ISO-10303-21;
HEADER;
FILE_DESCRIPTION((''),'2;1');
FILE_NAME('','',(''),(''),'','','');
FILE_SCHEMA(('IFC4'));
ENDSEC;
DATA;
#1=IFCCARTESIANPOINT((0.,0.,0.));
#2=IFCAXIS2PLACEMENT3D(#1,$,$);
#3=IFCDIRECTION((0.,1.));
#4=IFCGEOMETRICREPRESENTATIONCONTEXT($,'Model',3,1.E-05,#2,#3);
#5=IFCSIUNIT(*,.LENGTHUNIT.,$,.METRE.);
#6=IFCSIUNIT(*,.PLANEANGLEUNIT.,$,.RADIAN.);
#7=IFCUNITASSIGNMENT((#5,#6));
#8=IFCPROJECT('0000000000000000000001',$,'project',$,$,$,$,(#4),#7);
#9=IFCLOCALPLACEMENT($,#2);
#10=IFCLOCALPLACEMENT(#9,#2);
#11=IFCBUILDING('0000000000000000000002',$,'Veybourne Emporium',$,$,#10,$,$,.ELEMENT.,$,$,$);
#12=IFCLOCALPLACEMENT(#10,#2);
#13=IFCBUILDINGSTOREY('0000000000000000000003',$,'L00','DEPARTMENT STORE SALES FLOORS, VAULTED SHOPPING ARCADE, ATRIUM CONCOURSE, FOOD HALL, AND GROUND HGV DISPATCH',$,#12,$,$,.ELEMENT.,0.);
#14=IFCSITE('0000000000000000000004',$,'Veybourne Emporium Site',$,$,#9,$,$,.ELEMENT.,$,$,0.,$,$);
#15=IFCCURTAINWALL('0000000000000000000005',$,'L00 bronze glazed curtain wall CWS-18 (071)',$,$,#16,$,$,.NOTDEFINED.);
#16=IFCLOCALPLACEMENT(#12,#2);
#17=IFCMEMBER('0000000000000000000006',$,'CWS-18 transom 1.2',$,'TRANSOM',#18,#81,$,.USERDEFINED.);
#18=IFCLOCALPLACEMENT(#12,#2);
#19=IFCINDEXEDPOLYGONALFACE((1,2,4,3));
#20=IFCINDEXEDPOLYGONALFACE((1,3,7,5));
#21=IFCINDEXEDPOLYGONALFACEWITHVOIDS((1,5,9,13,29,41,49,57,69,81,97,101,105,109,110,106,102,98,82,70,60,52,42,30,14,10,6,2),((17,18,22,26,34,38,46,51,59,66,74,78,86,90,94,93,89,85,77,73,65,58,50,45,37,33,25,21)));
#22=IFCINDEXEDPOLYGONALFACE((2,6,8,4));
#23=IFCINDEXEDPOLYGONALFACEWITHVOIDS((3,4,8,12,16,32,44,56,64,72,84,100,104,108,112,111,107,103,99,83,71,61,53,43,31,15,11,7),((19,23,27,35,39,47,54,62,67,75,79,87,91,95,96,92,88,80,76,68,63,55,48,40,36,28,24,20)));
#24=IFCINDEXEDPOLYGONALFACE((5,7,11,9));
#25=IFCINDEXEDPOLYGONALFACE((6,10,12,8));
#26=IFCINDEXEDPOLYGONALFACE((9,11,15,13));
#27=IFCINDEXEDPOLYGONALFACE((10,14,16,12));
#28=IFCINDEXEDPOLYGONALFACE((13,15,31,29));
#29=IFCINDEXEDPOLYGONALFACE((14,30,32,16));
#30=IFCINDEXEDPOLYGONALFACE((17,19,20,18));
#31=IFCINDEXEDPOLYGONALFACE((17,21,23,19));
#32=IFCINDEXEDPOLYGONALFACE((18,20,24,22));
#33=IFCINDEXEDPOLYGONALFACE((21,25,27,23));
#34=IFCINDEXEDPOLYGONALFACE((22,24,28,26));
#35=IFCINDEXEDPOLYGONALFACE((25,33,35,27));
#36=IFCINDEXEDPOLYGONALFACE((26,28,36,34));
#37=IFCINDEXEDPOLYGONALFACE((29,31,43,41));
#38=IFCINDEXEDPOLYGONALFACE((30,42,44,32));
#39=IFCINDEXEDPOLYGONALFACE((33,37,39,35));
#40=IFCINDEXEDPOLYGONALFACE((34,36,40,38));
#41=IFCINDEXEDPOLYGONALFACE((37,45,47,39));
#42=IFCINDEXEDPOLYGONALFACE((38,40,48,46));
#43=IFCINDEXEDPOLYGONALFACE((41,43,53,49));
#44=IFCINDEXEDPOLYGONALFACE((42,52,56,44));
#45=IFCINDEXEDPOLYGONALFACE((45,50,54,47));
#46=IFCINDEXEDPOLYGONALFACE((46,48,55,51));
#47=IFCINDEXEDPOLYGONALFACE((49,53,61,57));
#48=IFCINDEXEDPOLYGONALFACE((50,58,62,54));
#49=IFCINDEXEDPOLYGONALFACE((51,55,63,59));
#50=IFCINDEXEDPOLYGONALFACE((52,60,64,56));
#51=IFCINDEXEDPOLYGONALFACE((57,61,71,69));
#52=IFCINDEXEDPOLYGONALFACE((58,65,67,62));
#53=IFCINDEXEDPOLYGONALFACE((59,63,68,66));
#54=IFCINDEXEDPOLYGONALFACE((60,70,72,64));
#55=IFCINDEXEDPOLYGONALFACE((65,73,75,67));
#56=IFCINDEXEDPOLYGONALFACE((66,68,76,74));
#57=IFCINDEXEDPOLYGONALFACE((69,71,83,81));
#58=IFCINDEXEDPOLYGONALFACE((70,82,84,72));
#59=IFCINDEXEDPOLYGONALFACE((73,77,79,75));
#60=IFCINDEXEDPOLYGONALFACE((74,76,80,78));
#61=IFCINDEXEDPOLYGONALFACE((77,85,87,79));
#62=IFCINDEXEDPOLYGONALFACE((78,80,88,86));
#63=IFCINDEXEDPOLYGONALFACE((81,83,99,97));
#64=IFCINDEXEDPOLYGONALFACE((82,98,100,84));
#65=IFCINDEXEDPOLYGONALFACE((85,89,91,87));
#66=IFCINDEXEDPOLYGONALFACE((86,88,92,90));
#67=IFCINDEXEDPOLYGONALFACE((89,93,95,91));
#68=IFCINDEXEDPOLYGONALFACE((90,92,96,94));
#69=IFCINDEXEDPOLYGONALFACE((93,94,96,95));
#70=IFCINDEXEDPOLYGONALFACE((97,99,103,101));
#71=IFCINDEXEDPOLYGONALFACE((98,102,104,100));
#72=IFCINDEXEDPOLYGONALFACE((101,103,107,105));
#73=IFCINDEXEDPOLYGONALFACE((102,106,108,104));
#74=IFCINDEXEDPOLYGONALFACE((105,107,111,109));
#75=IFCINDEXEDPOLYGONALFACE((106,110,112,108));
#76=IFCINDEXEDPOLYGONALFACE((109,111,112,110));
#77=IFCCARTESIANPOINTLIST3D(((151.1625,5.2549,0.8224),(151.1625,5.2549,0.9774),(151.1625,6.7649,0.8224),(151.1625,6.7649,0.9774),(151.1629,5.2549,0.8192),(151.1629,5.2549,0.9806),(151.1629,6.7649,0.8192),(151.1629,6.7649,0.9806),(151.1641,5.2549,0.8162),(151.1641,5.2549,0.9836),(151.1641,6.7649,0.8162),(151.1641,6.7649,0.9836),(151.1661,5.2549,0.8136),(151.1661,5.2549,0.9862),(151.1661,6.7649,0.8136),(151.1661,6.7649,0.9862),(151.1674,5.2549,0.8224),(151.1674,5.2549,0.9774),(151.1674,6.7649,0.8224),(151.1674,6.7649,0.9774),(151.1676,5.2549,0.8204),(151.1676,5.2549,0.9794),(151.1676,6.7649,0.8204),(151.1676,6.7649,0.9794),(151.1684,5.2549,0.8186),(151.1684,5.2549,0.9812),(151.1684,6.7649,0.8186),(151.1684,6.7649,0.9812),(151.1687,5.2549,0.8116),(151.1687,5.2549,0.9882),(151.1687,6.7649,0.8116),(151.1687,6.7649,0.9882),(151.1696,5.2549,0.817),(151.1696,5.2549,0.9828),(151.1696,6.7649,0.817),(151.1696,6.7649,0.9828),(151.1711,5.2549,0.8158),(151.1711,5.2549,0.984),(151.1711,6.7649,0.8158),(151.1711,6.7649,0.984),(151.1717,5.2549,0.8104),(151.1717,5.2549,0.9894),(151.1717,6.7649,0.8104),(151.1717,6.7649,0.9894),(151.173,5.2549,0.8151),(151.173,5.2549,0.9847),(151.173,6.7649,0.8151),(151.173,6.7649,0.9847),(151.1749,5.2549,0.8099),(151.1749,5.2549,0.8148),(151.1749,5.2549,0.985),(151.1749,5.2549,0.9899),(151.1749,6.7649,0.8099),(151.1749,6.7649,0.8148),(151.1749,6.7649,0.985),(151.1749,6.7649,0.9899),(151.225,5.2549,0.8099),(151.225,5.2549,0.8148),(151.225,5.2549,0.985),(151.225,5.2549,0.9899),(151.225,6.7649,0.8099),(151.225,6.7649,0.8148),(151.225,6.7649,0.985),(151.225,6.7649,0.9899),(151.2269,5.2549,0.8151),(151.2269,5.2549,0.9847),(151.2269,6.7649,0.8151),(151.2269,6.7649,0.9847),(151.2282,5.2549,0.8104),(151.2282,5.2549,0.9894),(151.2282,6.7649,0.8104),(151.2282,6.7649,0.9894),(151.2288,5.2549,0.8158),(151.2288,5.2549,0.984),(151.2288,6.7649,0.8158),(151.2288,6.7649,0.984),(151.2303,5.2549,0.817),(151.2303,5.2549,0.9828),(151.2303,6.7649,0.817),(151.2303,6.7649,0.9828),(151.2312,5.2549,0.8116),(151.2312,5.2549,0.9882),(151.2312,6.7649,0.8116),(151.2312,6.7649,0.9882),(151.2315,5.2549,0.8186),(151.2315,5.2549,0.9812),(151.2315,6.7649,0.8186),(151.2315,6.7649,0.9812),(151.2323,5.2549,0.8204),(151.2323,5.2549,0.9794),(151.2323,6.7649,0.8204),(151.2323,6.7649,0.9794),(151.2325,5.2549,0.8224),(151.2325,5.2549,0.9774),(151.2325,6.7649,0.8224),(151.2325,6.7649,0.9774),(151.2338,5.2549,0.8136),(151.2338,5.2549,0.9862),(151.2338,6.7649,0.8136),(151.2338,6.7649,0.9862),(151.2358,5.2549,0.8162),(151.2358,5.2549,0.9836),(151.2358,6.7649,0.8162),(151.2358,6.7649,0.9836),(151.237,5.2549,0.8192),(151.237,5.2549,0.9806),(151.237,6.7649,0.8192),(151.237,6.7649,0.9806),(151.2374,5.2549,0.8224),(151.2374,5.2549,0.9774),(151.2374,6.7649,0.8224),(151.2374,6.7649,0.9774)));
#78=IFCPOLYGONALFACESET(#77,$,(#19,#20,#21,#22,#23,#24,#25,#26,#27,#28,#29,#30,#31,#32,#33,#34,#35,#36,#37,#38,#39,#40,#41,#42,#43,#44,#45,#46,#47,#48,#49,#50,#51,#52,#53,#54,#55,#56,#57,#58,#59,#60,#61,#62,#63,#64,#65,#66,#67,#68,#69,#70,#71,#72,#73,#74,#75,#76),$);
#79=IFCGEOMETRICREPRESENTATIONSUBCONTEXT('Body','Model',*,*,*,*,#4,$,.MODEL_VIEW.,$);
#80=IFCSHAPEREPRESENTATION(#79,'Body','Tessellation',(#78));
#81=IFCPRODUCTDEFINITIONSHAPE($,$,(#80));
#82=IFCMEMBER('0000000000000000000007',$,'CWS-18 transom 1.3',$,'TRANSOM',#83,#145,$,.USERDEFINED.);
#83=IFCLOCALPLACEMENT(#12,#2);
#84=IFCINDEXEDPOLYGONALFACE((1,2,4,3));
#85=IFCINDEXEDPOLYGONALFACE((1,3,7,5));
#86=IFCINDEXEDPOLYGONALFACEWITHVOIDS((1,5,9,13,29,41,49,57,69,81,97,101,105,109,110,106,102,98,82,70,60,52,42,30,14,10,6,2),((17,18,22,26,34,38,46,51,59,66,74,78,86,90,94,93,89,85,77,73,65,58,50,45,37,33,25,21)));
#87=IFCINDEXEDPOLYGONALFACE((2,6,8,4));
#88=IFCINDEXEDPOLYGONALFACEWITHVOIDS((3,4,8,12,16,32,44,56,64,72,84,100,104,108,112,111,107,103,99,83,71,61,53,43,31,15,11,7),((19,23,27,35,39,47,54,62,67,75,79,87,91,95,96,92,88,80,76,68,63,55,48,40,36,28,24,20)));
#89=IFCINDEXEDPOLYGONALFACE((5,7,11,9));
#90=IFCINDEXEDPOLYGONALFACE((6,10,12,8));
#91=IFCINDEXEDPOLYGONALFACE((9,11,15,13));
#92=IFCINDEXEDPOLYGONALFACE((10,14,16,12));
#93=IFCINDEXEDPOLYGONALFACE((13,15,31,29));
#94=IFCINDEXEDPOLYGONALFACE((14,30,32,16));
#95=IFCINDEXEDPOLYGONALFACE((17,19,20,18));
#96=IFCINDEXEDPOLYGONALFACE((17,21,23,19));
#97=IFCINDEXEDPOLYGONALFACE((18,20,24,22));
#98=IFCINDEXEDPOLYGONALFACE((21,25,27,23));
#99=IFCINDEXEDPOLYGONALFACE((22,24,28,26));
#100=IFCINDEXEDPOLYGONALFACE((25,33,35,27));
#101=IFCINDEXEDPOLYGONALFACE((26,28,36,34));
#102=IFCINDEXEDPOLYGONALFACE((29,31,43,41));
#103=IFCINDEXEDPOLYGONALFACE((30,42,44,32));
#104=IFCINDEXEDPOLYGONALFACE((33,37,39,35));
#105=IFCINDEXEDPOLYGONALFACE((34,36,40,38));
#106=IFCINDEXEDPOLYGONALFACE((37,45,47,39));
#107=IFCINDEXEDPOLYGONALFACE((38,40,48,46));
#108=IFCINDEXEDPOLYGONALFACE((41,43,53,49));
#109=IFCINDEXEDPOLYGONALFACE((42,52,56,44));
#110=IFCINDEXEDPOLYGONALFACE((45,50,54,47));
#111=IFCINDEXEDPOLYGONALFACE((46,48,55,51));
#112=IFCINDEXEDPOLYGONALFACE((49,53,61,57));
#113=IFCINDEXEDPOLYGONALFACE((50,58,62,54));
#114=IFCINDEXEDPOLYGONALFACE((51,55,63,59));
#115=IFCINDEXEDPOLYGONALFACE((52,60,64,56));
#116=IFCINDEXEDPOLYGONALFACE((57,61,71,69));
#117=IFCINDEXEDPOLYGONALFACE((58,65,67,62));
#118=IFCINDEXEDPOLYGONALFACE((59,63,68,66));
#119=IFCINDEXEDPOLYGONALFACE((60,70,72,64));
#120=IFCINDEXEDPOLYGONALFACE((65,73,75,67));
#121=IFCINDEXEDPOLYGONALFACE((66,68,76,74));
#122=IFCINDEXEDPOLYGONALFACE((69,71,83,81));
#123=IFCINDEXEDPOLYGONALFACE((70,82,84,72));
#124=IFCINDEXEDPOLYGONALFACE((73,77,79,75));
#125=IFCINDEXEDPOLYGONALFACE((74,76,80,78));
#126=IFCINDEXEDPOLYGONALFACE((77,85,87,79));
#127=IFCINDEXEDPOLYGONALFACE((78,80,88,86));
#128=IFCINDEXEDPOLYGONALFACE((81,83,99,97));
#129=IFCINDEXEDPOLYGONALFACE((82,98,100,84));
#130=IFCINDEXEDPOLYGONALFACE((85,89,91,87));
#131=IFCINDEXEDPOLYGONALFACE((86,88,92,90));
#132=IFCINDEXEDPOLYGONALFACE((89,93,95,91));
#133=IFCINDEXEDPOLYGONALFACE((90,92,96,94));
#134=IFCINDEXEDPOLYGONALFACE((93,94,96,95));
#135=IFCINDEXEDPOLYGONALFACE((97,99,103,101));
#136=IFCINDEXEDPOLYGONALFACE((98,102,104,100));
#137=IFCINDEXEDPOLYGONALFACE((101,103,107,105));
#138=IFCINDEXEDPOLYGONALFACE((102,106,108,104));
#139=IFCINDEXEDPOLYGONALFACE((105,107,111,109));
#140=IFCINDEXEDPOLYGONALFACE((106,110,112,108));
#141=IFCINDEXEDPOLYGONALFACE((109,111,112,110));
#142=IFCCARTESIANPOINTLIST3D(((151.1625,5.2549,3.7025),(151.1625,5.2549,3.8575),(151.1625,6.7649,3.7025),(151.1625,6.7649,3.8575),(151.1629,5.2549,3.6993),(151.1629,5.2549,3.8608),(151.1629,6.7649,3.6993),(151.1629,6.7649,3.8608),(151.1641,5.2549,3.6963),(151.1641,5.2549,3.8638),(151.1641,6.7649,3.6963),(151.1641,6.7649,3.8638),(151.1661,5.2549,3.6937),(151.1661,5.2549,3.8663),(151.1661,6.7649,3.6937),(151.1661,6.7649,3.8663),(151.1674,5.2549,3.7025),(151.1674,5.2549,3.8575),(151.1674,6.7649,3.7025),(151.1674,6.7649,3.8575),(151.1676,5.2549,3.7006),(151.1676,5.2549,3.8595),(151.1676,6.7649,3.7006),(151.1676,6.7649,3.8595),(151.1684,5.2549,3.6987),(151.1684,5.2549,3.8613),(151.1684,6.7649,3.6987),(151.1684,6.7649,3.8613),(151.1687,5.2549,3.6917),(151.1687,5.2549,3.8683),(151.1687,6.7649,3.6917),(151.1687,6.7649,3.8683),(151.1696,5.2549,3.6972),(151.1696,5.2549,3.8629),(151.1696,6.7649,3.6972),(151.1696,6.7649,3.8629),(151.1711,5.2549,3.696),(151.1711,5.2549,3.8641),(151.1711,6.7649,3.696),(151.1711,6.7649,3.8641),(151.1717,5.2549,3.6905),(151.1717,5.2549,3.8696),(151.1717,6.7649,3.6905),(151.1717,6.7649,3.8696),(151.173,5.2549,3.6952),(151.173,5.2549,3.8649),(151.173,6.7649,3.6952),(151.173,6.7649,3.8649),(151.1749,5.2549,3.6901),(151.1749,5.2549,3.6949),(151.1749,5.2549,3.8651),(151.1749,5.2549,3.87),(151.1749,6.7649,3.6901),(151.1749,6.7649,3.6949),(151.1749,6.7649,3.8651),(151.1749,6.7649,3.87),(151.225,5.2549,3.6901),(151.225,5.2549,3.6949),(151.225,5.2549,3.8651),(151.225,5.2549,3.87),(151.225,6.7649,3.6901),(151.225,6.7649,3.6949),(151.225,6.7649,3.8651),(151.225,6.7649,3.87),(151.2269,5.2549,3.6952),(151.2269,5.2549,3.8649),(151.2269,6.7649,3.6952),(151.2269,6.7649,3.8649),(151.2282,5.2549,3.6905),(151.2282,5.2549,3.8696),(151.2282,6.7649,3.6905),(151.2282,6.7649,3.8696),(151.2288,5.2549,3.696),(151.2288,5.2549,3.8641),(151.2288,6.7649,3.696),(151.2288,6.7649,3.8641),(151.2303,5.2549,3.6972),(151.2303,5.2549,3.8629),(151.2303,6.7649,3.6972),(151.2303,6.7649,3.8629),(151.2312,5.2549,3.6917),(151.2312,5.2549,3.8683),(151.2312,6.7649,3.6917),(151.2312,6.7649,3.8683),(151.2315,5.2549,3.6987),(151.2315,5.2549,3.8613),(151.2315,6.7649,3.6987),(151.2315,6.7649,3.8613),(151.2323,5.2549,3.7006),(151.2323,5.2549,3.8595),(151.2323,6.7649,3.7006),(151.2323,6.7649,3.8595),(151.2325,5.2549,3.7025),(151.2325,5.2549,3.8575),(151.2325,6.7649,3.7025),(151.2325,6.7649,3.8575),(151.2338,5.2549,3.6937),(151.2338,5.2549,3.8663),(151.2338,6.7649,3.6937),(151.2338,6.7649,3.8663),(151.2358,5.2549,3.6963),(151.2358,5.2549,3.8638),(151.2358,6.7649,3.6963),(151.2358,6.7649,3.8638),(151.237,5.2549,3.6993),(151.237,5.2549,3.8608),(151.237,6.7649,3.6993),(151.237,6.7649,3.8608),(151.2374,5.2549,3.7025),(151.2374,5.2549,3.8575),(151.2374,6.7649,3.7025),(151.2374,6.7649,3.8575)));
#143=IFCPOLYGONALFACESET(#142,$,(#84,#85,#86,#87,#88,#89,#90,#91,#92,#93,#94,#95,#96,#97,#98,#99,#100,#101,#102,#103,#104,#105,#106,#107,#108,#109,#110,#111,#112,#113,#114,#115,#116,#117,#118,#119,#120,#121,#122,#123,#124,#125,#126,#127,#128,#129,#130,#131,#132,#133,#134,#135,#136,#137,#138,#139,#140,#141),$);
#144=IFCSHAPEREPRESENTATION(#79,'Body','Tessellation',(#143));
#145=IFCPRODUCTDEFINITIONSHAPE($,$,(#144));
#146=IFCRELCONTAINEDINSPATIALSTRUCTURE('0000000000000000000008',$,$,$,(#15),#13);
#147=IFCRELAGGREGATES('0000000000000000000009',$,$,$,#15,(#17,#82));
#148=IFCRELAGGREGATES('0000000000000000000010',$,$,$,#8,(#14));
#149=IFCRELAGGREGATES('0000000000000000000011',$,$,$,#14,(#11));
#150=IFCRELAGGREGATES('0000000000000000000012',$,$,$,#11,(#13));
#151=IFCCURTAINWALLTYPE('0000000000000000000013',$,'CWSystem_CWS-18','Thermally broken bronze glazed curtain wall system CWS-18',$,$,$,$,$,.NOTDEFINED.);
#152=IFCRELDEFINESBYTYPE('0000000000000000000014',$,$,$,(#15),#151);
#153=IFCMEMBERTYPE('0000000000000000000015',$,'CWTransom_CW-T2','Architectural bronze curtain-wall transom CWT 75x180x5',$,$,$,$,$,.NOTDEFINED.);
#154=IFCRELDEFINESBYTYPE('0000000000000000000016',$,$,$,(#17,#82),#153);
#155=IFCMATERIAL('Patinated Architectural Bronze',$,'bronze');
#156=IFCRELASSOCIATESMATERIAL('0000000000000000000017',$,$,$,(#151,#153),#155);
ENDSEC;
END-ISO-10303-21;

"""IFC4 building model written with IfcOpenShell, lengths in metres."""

from ifc_helpers import new_model, si_unit, direction, frame, origin, origin_2d, place, context, subcontext, project, spatial, hollow_rectangle, extrude, material, material_profile, profile_set, type_object, element, aggregate, save


model = new_model("IFC4")

# Units and contexts
model_context = context("Model", 3, precision=1e-05, world=origin(), true_north=direction((0.0, 1.0)))
body_context = subcontext(model_context, "Body", "Model", "MODEL_VIEW")
ifc_project = project(units=[si_unit("LENGTHUNIT", "METRE"), si_unit("PLANEANGLEUNIT", "RADIAN")], contexts=[model_context])

# Site, building, storey
site_placement = place(None, origin())
site = spatial("IfcSite", under=ifc_project, at=site_placement, Name="Veybourne Emporium Site", CompositionType="ELEMENT", RefElevation=0.0)
building_placement = place(site_placement, origin())
building = spatial("IfcBuilding", under=site, at=building_placement, Name="Veybourne Emporium", CompositionType="ELEMENT")
storey_placement = place(building_placement, origin())
storey = spatial("IfcBuildingStorey", under=building, at=storey_placement, Name="L00", Description="DEPARTMENT STORE SALES FLOORS, VAULTED SHOPPING ARCADE, ATRIUM CONCOURSE, FOOD HALL, AND GROUND HGV DISPATCH", CompositionType="ELEMENT", Elevation=0.0)

# Curtain wall
ifc_material_1 = material(Name="Patinated Architectural Bronze", Category="bronze")
curtain_wall_type_1 = type_object("IfcCurtainWallType", Name="CWSystem_CWS-18", Description="Thermally broken bronze glazed curtain wall system CWS-18", PredefinedType="NOTDEFINED", material=ifc_material_1)
curtain_wall_1_placement = place(storey_placement, origin())
curtain_wall_1 = element("IfcCurtainWall", 1, at=curtain_wall_1_placement, inside=storey, type_object=curtain_wall_type_1, Name="L00 bronze glazed curtain wall CWS-18 (071)", PredefinedType="NOTDEFINED")

# Members
ifc_material_profile_1 = material_profile(ifc_material_1, hollow_rectangle(XDim=0.075, YDim=0.1799, WallThickness=0.0049, InnerFilletRadius=0.0076, OuterFilletRadius=0.0125, at=origin_2d()), Name="CWT 75x180x5")
ifc_profile_set_1 = profile_set([ifc_material_profile_1], Name="Patinated Architectural Bronze")
member_type_1 = type_object("IfcMemberType", Name="CWTransom_CW-T2", Description="Architectural bronze curtain-wall transom CWT 75x180x5", PredefinedType="NOTDEFINED", material=ifc_profile_set_1)
member_1_placement = place(storey_placement, frame((151.2, 6.7649, 0.8999), z_axis=(0.0, -1.0, 0.0), x_axis=(1.0, 0.0, 0.0)))
member_1 = element("IfcMember", 2, at=member_1_placement, type_object=member_type_1, Name="CWS-18 transom 1.2", ObjectType="TRANSOM", PredefinedType="USERDEFINED", context=body_context, shape_type="SweptSolid", body=[
    extrude(hollow_rectangle(XDim=0.075, YDim=0.1799, WallThickness=0.0049, InnerFilletRadius=0.0076, OuterFilletRadius=0.0125, at=origin_2d()), origin(), (0.0, 0.0, 1.0), 1.51),
])
member_2_placement = place(storey_placement, frame((151.2, 6.7649, 3.78), z_axis=(0.0, -1.0, 0.0), x_axis=(1.0, 0.0, 0.0)))
member_2 = element("IfcMember", 3, at=member_2_placement, type_object=member_type_1, Name="CWS-18 transom 1.3", ObjectType="TRANSOM", PredefinedType="USERDEFINED", context=body_context, shape_type="SweptSolid", body=[
    extrude(hollow_rectangle(XDim=0.075, YDim=0.1799, WallThickness=0.0049, InnerFilletRadius=0.0076, OuterFilletRadius=0.0125, at=origin_2d()), origin(), (0.0, 0.0, 1.0), 1.51),
])

aggregate(curtain_wall_1, [member_1, member_2])

save(model, "model.ifc")
